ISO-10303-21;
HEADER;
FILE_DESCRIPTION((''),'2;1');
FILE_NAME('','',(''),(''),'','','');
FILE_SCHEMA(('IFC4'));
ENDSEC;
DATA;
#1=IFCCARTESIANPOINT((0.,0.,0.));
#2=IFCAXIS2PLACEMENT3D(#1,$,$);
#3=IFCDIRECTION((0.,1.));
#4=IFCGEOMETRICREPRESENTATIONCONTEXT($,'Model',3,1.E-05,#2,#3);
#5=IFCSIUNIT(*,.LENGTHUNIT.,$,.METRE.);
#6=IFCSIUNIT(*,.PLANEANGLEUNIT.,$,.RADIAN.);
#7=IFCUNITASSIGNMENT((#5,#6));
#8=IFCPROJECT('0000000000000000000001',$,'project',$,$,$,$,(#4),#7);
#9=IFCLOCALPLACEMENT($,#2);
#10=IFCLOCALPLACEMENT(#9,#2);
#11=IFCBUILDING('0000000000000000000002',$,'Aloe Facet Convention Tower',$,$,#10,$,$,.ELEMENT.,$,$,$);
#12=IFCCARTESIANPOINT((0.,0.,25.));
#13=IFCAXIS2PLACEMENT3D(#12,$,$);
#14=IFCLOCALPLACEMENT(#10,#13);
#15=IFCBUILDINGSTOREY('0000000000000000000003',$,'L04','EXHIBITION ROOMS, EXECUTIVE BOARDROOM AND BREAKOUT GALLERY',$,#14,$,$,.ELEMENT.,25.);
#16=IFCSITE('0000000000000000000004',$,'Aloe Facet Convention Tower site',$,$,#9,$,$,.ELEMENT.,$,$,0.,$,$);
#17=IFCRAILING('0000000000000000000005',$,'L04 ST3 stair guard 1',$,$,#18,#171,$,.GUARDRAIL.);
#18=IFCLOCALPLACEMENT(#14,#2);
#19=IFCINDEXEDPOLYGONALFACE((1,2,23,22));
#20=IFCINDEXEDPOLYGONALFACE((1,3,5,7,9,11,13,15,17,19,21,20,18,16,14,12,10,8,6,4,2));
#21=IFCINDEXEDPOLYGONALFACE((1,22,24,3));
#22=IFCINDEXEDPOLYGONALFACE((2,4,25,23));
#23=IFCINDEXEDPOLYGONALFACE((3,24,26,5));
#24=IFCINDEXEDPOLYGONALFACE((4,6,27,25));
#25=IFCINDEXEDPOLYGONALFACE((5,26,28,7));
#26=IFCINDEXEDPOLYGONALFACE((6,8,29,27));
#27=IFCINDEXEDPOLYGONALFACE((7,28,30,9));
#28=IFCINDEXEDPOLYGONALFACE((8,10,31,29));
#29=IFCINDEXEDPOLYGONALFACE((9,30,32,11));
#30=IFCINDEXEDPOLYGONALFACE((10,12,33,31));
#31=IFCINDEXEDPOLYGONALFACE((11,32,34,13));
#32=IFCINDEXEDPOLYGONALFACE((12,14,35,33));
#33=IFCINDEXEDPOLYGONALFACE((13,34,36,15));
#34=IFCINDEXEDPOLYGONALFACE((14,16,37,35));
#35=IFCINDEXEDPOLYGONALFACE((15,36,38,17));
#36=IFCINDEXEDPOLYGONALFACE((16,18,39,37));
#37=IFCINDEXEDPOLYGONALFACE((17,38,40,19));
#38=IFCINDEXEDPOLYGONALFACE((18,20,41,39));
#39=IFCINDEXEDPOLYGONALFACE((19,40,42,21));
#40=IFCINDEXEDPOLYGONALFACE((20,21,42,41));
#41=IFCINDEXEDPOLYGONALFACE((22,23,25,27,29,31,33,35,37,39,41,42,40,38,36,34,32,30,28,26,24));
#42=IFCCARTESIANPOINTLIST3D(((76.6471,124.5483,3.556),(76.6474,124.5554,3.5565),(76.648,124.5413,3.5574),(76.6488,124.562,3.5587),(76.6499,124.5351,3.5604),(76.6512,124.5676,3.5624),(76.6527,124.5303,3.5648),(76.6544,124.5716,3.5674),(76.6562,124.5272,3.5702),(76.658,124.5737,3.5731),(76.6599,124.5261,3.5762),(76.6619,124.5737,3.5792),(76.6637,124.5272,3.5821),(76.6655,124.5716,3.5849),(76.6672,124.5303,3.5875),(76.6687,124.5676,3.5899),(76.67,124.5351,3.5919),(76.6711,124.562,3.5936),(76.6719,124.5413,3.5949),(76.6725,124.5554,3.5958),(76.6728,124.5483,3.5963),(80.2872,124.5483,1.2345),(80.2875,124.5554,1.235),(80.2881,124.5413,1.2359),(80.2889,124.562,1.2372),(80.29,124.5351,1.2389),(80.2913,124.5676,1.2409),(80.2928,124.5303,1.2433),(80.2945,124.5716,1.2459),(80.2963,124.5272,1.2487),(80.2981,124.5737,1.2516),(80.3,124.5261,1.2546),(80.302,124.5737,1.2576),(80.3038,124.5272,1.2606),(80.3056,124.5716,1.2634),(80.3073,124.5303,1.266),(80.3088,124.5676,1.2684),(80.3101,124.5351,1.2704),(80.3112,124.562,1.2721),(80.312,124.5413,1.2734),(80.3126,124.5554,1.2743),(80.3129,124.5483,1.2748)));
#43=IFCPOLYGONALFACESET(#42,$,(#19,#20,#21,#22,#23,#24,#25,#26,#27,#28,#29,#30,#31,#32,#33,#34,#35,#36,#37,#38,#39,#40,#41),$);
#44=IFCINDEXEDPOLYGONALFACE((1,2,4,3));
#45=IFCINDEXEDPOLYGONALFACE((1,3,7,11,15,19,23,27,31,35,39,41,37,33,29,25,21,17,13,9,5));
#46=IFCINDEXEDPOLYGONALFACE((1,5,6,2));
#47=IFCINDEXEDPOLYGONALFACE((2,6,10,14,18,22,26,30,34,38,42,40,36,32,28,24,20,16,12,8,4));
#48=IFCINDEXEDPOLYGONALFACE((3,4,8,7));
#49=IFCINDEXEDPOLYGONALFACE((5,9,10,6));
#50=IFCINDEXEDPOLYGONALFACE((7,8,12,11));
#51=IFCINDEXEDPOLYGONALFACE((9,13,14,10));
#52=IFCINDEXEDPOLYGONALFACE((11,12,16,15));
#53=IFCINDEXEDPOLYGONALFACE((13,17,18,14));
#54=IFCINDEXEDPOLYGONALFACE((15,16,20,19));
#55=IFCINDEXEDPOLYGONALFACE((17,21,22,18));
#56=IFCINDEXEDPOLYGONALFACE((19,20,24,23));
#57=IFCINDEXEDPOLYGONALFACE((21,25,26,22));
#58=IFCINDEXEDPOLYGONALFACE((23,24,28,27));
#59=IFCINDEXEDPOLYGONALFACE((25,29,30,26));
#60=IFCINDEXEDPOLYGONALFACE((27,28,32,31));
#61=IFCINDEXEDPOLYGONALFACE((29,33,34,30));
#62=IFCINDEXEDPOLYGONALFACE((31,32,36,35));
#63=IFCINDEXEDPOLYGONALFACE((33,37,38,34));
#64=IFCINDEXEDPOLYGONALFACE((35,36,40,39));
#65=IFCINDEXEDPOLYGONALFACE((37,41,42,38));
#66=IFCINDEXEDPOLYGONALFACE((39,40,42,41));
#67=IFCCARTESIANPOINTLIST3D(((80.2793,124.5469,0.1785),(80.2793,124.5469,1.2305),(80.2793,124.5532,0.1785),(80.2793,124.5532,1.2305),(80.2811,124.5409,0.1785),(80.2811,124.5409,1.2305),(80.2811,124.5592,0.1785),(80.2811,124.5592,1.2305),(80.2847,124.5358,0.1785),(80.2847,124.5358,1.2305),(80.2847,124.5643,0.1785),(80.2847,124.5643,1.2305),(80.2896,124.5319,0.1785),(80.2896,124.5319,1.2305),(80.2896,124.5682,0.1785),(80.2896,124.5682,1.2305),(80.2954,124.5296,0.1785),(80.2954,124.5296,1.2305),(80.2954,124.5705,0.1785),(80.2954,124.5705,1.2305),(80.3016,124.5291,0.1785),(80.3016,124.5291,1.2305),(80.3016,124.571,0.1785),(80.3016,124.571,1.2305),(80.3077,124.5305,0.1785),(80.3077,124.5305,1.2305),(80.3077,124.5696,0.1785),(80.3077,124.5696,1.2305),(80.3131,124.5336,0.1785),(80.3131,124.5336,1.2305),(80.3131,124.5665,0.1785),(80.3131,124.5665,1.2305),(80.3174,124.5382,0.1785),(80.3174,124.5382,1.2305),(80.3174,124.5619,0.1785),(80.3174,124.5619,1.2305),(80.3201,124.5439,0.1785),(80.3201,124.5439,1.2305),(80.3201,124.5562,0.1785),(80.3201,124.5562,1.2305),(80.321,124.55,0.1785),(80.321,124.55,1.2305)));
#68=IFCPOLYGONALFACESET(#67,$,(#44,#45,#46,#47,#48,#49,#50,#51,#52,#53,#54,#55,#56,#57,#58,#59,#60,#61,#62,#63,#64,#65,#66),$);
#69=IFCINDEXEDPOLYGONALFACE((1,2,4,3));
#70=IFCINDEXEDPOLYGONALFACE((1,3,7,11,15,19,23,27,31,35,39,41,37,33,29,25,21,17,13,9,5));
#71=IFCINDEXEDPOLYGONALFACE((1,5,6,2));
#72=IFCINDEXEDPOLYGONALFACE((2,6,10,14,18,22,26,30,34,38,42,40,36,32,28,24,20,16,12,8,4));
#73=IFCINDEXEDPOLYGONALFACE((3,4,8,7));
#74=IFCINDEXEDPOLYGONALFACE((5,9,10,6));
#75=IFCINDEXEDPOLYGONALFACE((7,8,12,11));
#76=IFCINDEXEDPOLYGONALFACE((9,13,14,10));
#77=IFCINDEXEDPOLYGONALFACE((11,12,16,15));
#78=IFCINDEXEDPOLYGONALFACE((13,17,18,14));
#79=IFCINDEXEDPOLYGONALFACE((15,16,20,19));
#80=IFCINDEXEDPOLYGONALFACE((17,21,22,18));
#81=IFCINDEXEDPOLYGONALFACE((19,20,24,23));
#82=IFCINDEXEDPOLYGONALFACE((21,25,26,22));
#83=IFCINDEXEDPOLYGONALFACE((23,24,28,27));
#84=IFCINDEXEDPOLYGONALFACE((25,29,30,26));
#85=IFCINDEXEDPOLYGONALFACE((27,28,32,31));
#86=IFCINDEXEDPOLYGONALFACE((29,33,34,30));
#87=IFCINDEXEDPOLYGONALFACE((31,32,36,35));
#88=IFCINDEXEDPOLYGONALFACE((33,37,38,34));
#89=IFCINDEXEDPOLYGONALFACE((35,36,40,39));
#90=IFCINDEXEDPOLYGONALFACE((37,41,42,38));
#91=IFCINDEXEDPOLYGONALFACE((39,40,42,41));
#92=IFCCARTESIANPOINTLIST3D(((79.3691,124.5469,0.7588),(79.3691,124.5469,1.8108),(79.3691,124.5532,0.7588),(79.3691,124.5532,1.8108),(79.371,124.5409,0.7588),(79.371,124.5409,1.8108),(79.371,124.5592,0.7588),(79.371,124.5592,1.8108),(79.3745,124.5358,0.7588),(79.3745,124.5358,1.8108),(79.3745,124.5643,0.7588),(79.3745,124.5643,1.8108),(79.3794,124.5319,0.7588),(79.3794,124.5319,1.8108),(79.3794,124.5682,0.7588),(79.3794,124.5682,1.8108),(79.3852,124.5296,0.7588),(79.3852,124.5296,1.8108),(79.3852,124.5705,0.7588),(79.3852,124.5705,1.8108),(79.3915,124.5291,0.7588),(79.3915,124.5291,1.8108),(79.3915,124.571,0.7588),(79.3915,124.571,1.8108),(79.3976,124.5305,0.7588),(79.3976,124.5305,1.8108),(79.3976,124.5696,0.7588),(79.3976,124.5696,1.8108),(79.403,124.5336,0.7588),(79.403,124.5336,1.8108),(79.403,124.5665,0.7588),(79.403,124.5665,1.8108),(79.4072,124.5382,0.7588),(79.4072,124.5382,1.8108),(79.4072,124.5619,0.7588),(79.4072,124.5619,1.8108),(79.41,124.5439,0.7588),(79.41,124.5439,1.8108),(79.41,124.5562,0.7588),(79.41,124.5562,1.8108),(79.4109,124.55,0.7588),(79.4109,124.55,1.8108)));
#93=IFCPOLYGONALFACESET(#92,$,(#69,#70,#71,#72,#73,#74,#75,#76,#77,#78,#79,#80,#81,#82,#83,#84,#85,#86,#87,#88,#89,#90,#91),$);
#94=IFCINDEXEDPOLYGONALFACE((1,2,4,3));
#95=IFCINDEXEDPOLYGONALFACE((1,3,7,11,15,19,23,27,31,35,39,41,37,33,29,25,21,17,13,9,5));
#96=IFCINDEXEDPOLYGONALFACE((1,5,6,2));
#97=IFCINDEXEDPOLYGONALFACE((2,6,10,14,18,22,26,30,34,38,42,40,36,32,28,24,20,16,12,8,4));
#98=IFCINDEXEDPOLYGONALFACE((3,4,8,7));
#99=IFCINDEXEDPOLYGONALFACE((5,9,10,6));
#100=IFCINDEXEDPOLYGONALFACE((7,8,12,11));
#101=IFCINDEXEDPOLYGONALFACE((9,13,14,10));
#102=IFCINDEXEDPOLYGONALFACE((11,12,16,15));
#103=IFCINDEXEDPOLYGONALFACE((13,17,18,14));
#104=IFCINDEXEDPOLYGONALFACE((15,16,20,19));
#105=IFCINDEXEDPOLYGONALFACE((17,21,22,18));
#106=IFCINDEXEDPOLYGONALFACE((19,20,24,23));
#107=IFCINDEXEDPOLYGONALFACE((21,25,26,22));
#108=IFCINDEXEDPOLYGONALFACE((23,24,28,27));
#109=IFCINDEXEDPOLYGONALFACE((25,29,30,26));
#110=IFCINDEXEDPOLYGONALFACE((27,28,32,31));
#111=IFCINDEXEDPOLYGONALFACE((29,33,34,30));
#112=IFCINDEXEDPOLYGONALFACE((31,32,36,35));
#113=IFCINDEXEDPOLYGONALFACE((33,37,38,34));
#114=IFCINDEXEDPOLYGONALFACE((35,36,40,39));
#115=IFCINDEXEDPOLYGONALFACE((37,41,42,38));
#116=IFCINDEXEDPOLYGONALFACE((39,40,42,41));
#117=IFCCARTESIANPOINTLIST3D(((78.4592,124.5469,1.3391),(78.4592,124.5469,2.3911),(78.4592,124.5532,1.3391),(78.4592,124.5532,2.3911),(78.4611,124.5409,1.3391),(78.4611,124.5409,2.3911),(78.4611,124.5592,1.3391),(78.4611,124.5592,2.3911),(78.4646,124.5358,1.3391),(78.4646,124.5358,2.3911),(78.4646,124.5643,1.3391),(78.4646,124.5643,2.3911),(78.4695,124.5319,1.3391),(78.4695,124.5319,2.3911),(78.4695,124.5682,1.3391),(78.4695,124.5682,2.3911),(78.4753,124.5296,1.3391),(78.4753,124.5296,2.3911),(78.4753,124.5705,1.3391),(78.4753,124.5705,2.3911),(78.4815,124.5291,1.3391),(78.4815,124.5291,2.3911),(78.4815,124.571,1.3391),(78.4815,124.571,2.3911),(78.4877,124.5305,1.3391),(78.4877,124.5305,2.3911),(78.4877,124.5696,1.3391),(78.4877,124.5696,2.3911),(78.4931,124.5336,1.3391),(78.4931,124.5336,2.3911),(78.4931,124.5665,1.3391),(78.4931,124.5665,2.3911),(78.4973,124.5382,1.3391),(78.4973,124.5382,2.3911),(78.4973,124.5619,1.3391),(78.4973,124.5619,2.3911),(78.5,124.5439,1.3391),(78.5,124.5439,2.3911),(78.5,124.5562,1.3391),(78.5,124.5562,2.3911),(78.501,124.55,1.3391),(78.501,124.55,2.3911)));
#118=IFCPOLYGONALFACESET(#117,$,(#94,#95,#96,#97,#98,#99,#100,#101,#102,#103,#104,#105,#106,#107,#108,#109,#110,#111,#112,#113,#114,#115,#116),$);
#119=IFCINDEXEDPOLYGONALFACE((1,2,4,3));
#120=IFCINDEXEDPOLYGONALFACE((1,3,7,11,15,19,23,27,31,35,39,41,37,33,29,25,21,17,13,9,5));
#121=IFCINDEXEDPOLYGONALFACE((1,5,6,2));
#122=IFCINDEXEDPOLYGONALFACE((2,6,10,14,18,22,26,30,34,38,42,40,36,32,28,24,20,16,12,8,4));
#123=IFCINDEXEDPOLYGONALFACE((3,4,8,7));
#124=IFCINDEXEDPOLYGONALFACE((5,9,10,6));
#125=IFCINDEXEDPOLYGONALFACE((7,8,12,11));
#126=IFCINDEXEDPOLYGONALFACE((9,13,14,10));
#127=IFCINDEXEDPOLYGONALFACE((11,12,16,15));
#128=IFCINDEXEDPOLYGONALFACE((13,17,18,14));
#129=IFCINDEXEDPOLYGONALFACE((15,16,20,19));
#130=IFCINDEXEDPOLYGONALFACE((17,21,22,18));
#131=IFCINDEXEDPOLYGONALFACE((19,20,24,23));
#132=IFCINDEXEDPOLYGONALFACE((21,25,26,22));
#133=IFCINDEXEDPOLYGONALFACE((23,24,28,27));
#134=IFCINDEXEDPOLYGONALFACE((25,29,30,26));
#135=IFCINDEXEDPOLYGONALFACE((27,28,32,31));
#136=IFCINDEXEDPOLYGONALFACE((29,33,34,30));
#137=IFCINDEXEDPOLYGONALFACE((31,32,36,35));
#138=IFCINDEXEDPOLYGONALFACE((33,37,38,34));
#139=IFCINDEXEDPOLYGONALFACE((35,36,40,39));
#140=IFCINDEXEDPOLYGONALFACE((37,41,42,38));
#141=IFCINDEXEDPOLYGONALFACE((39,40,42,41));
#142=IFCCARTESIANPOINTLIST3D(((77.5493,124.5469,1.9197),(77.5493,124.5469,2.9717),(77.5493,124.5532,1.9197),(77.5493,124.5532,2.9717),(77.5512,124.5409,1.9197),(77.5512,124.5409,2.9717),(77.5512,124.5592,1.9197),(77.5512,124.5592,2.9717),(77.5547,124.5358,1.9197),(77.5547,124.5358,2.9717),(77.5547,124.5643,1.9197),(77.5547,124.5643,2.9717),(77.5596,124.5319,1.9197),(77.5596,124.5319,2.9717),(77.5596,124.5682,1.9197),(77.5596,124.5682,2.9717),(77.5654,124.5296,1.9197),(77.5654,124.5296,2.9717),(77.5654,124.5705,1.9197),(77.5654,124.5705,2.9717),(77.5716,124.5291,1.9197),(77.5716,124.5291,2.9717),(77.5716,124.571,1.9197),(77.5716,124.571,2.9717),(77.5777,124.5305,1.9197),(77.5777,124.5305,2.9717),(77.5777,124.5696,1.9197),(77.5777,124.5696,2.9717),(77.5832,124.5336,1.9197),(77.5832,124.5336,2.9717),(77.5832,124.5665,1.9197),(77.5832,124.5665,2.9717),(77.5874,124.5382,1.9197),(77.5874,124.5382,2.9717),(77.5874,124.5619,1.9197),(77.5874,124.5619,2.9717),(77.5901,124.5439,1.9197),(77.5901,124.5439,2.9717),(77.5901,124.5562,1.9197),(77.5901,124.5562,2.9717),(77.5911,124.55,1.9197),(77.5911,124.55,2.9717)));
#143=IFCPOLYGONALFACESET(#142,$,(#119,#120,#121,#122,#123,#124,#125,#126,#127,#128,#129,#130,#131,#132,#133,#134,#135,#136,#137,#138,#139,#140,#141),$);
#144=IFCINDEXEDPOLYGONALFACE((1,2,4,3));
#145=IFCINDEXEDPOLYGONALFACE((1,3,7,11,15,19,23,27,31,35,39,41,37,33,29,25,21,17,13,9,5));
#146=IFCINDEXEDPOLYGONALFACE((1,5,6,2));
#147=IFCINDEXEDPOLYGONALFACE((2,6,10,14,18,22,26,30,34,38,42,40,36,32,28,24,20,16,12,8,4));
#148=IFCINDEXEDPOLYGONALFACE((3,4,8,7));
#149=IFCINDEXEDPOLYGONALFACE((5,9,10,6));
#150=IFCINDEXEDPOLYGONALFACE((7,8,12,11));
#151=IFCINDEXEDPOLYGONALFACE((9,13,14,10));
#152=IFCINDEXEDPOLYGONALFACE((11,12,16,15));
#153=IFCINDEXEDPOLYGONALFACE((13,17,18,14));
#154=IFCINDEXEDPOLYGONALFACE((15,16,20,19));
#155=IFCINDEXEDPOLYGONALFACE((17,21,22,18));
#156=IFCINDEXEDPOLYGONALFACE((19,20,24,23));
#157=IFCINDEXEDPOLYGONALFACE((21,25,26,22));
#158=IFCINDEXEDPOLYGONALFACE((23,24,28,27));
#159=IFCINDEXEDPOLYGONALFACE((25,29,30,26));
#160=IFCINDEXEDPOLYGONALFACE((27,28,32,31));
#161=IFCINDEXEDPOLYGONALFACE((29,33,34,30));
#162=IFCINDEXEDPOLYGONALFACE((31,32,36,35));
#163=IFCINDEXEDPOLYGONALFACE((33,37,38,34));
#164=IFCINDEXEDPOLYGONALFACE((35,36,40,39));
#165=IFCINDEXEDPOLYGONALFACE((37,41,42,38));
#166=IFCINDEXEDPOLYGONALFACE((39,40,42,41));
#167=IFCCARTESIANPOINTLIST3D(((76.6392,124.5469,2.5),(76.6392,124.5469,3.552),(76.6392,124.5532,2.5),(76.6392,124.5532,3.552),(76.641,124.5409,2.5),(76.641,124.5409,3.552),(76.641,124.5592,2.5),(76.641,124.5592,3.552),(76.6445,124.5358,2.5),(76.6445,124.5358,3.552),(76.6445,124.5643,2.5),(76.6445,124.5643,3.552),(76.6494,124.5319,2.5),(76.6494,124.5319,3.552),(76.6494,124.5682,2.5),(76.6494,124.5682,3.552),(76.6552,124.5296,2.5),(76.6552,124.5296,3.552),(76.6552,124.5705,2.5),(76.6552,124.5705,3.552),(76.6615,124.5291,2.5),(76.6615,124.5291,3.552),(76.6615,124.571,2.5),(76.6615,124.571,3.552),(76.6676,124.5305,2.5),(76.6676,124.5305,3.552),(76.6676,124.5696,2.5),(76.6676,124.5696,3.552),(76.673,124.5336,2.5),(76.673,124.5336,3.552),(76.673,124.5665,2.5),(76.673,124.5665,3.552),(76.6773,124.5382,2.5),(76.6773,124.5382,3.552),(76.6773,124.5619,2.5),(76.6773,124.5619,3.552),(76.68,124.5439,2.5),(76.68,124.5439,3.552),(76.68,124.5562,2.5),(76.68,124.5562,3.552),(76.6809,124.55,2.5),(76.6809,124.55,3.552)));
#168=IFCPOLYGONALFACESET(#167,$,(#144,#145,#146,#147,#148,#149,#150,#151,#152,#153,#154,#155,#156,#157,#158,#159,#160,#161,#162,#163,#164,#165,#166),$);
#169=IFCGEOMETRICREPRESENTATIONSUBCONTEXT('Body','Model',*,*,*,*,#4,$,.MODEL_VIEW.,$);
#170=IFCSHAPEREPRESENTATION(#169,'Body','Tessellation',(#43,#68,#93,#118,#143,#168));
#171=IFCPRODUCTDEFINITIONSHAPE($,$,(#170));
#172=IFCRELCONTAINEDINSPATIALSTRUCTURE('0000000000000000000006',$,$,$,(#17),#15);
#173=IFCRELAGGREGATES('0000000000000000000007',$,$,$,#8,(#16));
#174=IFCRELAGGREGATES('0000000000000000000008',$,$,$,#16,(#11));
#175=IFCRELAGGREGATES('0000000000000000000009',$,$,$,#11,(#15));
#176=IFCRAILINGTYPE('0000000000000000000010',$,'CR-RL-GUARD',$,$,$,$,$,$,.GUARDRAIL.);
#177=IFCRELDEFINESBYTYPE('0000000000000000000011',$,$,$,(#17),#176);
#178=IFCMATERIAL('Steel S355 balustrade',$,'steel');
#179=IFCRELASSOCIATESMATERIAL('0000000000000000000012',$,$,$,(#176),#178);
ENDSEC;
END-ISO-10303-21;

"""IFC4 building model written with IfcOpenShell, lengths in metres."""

from ifc_helpers import new_model, si_unit, direction, frame, origin, origin_2d, place, context, subcontext, project, spatial, circle, extrude, material, type_object, element, save


model = new_model("IFC4")

# Units and contexts
model_context = context("Model", 3, precision=1e-05, world=origin(), true_north=direction((0.0, 1.0)))
body_context = subcontext(model_context, "Body", "Model", "MODEL_VIEW")
ifc_project = project(units=[si_unit("LENGTHUNIT", "METRE"), si_unit("PLANEANGLEUNIT", "RADIAN")], contexts=[model_context])

# Site, building, storey
site_placement = place(None, origin())
site = spatial("IfcSite", under=ifc_project, at=site_placement, Name="Aloe Facet Convention Tower site", CompositionType="ELEMENT", RefElevation=0.0)
building_placement = place(site_placement, origin())
building = spatial("IfcBuilding", under=site, at=building_placement, Name="Aloe Facet Convention Tower", CompositionType="ELEMENT")
storey_placement = place(building_placement, frame((0.0, 0.0, 25.0)))
storey = spatial("IfcBuildingStorey", under=building, at=storey_placement, Name="L04", Description="EXHIBITION ROOMS, EXECUTIVE BOARDROOM AND BREAKOUT GALLERY", CompositionType="ELEMENT", Elevation=25.0)

# Railing
ifc_material_1 = material(Name="Steel S355 balustrade", Category="steel")
railing_type = type_object("IfcRailingType", Name="CR-RL-GUARD", PredefinedType="GUARDRAIL", material=ifc_material_1)
railing_1_placement = place(storey_placement, frame((80.3, 124.55, 0.1785)))
element("IfcRailing", 1, at=railing_1_placement, inside=storey, type_object=railing_type, Name="L04 ST3 stair guard 1", PredefinedType="GUARDRAIL", context=body_context, shape_type="SweptSolid", body=[
    extrude(circle(Radius=0.0239, at=origin_2d()), frame((0.0, 0.0, 1.0762), z_axis=(-0.843128, 0.0, 0.537713), x_axis=(0.0, -1.0, 0.0)), (0.0, 0.0, 1.0), 4.3174),
    extrude(circle(Radius=0.021, at=origin_2d()), origin(), (0.0, 0.0, 1.0), 1.052),
    extrude(circle(Radius=0.021, at=origin_2d()), frame((-0.9102, 0.0, 0.5803)), (0.0, 0.0, 1.0), 1.052),
    extrude(circle(Radius=0.021, at=origin_2d()), frame((-1.8201, 0.0, 1.1606)), (0.0, 0.0, 1.0), 1.052),
    extrude(circle(Radius=0.021, at=origin_2d()), frame((-2.73, 0.0, 1.7412)), (0.0, 0.0, 1.0), 1.052),
    extrude(circle(Radius=0.021, at=origin_2d()), frame((-3.6401, 0.0, 2.3215)), (0.0, 0.0, 1.0), 1.052),
])

save(model, "model.ifc")
